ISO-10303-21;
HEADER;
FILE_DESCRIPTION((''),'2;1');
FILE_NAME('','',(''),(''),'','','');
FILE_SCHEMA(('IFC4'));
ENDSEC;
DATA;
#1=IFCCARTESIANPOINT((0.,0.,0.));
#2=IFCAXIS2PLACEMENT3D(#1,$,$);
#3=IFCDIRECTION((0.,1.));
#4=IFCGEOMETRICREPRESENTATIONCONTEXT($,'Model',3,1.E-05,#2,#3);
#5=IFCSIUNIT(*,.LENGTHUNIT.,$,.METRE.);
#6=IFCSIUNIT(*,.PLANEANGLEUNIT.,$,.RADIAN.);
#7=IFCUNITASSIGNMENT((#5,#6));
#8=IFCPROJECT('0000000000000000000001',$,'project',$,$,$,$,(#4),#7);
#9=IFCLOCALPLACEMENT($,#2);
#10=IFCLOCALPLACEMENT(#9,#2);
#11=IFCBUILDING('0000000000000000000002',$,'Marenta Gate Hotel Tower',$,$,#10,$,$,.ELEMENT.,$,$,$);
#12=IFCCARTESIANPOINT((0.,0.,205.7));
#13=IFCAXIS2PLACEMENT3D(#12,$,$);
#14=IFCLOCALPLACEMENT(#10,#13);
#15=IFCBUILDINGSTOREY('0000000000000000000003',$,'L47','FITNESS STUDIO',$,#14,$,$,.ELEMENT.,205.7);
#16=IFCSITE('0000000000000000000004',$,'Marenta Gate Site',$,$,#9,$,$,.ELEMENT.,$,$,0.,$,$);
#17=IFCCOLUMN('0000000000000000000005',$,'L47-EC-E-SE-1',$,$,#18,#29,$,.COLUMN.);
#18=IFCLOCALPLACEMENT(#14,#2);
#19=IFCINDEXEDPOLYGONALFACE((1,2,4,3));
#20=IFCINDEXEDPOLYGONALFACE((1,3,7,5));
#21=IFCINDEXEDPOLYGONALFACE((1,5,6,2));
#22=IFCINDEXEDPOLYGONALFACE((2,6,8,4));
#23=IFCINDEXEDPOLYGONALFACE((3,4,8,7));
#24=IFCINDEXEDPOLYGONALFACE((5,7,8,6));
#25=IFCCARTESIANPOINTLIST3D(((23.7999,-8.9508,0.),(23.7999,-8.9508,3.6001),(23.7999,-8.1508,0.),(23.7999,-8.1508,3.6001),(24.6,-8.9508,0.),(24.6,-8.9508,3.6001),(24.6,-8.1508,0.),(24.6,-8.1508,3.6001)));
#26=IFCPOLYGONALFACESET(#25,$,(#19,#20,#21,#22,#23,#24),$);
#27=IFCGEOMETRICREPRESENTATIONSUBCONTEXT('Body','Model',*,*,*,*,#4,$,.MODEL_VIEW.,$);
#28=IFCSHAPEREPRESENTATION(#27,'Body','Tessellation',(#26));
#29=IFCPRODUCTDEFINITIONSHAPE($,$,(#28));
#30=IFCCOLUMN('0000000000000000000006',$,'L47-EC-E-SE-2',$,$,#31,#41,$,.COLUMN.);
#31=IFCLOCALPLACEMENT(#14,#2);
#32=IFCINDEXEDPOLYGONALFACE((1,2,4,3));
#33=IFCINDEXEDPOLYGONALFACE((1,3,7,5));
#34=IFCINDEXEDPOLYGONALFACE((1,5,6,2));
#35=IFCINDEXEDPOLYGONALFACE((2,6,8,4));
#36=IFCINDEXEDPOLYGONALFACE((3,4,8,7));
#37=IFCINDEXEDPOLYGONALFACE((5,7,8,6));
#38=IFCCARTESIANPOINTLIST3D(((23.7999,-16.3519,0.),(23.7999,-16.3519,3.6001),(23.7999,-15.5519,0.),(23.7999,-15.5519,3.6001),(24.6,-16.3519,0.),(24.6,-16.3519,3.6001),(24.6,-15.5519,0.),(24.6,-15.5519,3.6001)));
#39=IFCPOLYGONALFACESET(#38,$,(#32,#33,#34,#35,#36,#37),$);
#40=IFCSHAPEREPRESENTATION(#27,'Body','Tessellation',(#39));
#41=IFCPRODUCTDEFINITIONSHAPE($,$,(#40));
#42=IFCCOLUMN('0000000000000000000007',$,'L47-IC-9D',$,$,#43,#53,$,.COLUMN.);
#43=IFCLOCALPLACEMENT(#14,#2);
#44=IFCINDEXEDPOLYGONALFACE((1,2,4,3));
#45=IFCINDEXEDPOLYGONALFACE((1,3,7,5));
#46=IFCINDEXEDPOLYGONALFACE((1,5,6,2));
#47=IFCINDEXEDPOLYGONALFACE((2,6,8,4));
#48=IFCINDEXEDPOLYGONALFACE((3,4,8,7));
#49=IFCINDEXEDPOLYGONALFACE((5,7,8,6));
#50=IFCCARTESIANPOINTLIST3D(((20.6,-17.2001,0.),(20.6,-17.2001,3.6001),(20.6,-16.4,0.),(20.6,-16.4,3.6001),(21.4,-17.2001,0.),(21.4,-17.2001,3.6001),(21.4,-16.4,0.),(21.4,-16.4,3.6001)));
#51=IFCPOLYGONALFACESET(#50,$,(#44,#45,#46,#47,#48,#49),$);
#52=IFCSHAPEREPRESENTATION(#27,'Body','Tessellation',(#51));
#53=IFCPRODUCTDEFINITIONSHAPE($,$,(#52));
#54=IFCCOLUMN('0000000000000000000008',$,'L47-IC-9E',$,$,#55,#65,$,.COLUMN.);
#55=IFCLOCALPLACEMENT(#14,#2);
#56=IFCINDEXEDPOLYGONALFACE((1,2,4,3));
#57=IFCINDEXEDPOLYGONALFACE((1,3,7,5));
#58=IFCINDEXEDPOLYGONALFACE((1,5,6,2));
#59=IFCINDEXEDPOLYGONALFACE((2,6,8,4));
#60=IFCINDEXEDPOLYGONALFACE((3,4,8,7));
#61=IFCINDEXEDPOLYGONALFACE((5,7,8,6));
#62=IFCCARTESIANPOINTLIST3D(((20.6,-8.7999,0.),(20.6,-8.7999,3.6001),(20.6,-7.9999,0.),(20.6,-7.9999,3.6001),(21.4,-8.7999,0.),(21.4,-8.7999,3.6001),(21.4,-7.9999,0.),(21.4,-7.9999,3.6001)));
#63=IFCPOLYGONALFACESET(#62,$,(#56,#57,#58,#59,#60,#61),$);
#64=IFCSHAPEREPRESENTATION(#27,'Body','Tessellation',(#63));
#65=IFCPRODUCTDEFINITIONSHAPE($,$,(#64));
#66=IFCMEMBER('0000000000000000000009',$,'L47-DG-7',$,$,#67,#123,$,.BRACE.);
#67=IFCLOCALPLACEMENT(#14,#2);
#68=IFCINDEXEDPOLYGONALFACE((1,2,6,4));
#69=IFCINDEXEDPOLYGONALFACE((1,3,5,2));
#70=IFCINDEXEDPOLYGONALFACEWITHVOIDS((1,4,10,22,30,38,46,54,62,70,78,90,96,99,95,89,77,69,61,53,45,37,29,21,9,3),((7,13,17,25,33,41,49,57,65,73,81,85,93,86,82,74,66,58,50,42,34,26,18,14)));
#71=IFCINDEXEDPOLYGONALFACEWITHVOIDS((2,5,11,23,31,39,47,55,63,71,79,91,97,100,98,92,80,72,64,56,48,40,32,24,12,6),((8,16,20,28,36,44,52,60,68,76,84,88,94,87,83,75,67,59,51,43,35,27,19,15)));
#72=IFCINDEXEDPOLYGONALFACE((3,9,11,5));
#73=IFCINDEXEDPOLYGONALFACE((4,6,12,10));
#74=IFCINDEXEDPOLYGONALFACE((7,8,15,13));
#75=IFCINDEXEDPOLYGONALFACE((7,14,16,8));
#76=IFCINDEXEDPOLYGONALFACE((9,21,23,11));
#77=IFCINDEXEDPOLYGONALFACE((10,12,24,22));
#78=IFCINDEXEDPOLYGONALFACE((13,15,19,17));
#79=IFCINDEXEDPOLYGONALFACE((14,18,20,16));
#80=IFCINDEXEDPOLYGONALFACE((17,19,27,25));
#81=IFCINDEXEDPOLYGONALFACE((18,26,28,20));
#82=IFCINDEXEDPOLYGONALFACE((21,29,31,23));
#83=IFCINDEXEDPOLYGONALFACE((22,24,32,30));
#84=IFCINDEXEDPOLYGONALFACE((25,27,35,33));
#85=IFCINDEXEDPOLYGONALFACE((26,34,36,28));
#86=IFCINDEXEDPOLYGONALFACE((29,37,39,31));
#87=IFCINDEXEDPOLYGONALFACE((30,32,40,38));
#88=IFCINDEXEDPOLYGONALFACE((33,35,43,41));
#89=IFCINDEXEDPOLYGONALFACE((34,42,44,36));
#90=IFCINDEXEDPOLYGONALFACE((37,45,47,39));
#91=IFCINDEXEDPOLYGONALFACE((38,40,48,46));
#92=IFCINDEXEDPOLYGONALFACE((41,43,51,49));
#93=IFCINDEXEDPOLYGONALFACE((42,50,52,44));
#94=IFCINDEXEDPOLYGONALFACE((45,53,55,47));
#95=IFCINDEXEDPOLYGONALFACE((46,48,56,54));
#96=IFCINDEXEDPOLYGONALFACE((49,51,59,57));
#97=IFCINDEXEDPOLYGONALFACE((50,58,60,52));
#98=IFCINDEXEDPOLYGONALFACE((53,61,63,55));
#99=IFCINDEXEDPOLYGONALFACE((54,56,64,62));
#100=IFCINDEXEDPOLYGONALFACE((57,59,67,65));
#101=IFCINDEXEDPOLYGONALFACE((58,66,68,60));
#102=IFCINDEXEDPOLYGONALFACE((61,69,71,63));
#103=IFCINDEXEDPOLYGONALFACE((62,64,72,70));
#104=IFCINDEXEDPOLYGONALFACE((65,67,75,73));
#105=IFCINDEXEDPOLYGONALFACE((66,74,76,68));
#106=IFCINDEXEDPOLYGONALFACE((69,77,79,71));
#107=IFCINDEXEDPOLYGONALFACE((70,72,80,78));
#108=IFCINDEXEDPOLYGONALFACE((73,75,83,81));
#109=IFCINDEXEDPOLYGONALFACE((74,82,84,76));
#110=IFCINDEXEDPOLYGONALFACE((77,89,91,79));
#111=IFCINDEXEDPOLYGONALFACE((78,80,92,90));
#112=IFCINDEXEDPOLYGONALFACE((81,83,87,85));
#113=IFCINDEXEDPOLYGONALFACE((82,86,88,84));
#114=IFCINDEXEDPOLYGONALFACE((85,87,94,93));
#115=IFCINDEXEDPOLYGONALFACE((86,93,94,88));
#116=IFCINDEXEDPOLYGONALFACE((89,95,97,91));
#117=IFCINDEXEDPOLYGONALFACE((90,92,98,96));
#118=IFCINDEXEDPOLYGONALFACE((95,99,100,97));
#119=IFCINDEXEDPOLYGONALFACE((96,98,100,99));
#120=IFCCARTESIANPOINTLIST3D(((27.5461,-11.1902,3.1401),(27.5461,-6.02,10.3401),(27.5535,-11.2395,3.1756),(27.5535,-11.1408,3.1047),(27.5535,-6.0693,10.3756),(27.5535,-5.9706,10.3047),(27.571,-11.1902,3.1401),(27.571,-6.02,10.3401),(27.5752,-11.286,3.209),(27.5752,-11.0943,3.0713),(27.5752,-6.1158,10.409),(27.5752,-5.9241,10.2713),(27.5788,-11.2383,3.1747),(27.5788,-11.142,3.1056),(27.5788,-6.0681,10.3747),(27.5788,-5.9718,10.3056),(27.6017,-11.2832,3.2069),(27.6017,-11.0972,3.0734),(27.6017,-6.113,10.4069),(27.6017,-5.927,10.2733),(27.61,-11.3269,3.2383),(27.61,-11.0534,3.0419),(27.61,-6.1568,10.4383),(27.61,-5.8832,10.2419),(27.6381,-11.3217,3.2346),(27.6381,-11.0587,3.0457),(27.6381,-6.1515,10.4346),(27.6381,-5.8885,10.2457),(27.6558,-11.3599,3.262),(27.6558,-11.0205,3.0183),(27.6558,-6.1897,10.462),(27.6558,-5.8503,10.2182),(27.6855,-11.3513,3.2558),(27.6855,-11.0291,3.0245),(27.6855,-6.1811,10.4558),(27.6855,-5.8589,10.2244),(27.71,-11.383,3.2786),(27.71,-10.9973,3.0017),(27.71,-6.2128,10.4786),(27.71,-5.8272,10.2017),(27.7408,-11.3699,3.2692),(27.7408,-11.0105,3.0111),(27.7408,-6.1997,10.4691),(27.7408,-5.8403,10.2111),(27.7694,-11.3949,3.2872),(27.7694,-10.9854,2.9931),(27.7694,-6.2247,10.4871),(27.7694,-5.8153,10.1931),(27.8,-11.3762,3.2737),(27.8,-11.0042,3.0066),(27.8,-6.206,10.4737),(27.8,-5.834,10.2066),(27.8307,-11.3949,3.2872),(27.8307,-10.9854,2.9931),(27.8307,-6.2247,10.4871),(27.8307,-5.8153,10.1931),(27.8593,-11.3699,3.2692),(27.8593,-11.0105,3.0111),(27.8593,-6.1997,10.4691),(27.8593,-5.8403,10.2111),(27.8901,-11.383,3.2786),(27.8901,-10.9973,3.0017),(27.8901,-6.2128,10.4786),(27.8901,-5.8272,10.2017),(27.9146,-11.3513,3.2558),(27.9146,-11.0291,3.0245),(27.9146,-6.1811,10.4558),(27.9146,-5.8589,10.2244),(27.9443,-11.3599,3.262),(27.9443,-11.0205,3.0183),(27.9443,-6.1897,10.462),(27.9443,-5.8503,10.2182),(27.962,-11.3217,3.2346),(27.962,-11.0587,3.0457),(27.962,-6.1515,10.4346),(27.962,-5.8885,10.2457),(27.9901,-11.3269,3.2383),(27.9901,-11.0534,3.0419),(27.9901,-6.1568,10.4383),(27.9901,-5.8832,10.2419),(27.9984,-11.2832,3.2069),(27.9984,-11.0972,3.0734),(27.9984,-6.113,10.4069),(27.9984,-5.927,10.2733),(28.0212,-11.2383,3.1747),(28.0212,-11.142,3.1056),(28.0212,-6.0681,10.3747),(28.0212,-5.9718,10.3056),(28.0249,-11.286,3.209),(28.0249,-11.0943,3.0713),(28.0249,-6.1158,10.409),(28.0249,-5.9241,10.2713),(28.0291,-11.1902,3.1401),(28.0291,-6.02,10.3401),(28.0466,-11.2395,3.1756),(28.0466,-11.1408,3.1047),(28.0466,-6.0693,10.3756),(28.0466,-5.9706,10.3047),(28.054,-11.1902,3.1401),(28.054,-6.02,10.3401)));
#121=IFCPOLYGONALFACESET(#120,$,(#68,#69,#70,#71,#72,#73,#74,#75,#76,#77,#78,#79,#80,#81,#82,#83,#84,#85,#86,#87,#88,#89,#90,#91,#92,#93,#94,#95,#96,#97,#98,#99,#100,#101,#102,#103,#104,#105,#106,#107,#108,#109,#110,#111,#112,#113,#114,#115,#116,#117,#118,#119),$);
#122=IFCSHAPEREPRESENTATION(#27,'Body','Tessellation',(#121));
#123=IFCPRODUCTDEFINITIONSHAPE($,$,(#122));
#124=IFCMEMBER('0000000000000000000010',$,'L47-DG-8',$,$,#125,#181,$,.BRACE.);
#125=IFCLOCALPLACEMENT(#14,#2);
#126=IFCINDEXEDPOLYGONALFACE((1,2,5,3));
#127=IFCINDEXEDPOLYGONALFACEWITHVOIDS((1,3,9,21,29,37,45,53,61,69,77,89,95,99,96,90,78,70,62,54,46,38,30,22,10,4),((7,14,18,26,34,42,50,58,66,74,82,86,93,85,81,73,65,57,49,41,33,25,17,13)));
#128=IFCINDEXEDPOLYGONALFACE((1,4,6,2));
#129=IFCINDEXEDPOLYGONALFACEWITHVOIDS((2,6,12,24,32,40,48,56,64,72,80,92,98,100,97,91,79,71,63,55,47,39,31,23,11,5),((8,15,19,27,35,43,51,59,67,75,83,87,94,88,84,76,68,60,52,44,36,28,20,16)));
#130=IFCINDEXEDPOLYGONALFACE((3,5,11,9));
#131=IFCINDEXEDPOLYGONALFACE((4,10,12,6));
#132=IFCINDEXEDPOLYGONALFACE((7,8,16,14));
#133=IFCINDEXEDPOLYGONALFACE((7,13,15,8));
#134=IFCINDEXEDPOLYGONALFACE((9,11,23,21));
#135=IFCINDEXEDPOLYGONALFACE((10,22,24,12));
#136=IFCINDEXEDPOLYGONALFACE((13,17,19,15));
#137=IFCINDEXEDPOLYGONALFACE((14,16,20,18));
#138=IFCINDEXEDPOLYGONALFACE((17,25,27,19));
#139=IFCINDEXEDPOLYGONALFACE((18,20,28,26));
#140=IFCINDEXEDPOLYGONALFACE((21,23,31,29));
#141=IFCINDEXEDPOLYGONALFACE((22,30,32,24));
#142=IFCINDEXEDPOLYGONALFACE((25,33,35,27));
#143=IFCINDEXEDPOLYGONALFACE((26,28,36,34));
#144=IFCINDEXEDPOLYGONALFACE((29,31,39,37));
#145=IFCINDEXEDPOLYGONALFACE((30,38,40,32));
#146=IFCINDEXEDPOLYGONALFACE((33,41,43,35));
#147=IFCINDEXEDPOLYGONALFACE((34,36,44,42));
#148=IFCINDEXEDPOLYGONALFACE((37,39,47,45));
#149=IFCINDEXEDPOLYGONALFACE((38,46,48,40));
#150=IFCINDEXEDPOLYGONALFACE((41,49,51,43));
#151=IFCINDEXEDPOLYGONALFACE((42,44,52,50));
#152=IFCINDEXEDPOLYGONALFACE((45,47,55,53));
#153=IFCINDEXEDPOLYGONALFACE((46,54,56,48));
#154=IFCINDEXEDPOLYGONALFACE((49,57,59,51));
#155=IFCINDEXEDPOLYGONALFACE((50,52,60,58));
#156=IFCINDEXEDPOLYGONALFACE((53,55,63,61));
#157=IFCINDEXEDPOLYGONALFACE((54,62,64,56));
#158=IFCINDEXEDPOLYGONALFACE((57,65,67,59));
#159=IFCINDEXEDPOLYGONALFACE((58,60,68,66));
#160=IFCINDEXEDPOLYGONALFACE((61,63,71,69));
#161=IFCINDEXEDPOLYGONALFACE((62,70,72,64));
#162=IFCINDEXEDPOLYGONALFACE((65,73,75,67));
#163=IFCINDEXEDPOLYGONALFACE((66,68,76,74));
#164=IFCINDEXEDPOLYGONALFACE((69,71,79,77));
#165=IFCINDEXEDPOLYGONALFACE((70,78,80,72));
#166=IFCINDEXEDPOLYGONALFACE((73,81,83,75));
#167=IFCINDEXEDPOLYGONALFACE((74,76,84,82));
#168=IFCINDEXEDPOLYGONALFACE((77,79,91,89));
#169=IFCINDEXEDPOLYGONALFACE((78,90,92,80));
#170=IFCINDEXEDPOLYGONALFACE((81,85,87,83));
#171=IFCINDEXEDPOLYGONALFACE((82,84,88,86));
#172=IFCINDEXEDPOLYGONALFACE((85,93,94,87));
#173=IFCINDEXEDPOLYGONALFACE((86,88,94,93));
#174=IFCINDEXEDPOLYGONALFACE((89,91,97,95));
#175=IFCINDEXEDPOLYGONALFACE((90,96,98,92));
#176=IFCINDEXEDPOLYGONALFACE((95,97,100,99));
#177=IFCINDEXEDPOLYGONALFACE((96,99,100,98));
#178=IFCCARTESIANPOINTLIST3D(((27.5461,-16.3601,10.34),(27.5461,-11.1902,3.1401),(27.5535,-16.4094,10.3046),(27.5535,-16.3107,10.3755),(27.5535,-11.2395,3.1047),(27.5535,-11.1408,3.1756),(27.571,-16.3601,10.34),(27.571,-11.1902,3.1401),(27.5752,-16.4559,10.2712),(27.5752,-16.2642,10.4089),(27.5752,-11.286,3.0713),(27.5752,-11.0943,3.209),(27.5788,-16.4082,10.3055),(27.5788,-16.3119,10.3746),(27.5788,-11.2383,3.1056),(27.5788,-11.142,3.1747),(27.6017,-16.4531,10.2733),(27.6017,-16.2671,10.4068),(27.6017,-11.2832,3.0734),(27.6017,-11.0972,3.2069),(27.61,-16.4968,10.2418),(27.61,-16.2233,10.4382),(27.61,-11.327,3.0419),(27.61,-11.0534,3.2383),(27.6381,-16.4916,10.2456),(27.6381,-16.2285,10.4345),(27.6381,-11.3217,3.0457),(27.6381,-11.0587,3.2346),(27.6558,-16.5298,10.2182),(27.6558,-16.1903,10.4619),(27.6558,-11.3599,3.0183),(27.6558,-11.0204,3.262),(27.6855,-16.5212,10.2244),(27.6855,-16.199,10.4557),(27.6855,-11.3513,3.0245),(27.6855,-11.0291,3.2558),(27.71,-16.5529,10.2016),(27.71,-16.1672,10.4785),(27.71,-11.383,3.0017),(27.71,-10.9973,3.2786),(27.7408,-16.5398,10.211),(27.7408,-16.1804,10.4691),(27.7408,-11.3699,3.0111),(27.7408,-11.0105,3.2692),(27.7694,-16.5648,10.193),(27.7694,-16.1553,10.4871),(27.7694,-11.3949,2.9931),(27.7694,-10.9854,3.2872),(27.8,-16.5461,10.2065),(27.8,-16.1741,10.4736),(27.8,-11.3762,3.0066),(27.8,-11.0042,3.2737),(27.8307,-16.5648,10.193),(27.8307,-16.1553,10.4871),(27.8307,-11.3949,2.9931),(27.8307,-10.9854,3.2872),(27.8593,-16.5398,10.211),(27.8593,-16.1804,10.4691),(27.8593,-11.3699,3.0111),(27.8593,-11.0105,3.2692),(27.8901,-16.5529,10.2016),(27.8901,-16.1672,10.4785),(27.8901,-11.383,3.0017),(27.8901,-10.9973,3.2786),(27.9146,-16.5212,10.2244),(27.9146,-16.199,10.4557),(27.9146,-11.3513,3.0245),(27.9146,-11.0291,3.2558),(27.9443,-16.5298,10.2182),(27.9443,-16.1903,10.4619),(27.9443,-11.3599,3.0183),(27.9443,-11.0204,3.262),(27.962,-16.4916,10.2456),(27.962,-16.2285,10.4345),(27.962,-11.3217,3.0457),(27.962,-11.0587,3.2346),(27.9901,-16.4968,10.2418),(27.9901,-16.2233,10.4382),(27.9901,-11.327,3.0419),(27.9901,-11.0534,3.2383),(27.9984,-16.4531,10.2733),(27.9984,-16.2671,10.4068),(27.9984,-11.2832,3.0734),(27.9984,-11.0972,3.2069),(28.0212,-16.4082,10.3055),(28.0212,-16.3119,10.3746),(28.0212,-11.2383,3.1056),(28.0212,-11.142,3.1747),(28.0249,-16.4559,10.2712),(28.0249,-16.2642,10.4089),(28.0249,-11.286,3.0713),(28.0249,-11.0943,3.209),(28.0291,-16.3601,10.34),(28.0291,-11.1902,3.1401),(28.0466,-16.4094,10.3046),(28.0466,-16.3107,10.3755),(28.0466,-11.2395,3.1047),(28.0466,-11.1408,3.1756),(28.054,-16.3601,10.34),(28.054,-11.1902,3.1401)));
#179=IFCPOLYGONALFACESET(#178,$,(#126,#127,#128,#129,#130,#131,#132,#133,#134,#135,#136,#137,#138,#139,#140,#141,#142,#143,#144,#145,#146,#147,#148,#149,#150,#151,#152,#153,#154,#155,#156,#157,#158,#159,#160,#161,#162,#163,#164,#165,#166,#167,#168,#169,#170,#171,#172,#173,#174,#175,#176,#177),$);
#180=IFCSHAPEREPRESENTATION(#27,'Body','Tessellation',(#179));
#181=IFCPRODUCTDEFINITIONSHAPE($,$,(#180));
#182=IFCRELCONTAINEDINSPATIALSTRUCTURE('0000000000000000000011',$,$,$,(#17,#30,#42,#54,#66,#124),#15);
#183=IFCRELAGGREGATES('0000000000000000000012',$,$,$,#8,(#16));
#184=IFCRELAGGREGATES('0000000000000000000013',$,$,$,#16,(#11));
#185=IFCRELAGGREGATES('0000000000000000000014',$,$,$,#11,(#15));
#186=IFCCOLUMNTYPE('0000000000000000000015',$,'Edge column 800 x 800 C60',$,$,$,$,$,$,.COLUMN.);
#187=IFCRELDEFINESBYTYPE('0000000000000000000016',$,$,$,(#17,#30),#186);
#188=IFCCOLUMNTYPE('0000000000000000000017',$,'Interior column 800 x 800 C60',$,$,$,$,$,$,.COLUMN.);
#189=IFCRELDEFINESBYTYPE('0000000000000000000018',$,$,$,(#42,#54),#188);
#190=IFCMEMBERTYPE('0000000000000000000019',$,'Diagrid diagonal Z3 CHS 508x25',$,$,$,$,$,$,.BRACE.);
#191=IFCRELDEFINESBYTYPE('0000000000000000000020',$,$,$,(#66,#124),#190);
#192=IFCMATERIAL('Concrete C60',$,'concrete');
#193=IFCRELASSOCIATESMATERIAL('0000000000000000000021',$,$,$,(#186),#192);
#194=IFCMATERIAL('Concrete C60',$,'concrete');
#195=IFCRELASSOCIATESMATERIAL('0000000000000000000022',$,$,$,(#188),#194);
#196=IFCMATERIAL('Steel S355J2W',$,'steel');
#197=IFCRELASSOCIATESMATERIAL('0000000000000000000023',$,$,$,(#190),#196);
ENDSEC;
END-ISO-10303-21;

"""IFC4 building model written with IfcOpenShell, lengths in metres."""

from ifc_helpers import new_model, si_unit, direction, frame, origin, origin_2d, place, context, subcontext, project, spatial, rectangle, hollow_circle, extrude, material, material_profile, profile_set, type_object, element, save


model = new_model("IFC4")

# Units and contexts
model_context = context("Model", 3, precision=1e-05, world=origin(), true_north=direction((0.0, 1.0)))
body_context = subcontext(model_context, "Body", "Model", "MODEL_VIEW")
ifc_project = project(units=[si_unit("LENGTHUNIT", "METRE"), si_unit("PLANEANGLEUNIT", "RADIAN")], contexts=[model_context])

# Site, building, storey
site_placement = place(None, origin())
site = spatial("IfcSite", under=ifc_project, at=site_placement, Name="Marenta Gate Site", CompositionType="ELEMENT", RefElevation=0.0)
building_placement = place(site_placement, origin())
building = spatial("IfcBuilding", under=site, at=building_placement, Name="Marenta Gate Hotel Tower", CompositionType="ELEMENT")
storey_placement = place(building_placement, frame((0.0, 0.0, 205.7)))
storey = spatial("IfcBuildingStorey", under=building, at=storey_placement, Name="L47", Description="FITNESS STUDIO", CompositionType="ELEMENT", Elevation=205.7)

# Columns
ifc_material_1 = material(Name="Concrete C60", Category="concrete")
ifc_material_profile_1 = material_profile(ifc_material_1, rectangle(XDim=0.8, YDim=0.8, at=origin_2d()), Name="800 x 800")
ifc_profile_set_1 = profile_set([ifc_material_profile_1], Name="Concrete C60")
column_type_1 = type_object("IfcColumnType", Name="Edge column 800 x 800 C60", PredefinedType="COLUMN", material=ifc_profile_set_1)
for number, where, z_axis, x_axis, name in (
    (1, (24.2, -8.5508, 0.0), (0.0, 0.0, 1.0), (1.0, 0.0, 0.0), "L47-EC-E-SE-1"),
    (2, (24.2, -15.9519, 0.0), (0.0, 0.0, 1.0), (1.0, 0.0, 0.0), "L47-EC-E-SE-2"),
):
    element("IfcColumn", number, at=place(storey_placement, frame(where, z_axis=z_axis, x_axis=x_axis)), inside=storey, type_object=column_type_1, Name=name, PredefinedType="COLUMN", context=body_context, shape_type="SweptSolid", body=[
        extrude(rectangle(XDim=0.8, YDim=0.8, at=origin_2d()), origin(), (0.0, 0.0, 1.0), 3.6001),
    ])
ifc_material_2 = material(Name="Concrete C60", Category="concrete")
ifc_material_profile_2 = material_profile(ifc_material_2, rectangle(XDim=0.8, YDim=0.8, at=origin_2d()), Name="800 x 800")
ifc_profile_set_2 = profile_set([ifc_material_profile_2], Name="Concrete C60")
column_type_2 = type_object("IfcColumnType", Name="Interior column 800 x 800 C60", PredefinedType="COLUMN", material=ifc_profile_set_2)
for number, where, z_axis, x_axis, name in (
    (3, (21.0, -16.8, 0.0), (0.0, 0.0, 1.0), (1.0, 0.0, 0.0), "L47-IC-9D"),
    (4, (21.0, -8.3999, 0.0), (0.0, 0.0, 1.0), (1.0, 0.0, 0.0), "L47-IC-9E"),
):
    element("IfcColumn", number, at=place(storey_placement, frame(where, z_axis=z_axis, x_axis=x_axis)), inside=storey, type_object=column_type_2, Name=name, PredefinedType="COLUMN", context=body_context, shape_type="SweptSolid", body=[
        extrude(rectangle(XDim=0.8, YDim=0.8, at=origin_2d()), origin(), (0.0, 0.0, 1.0), 3.6001),
    ])

# Members
ifc_material_3 = material(Name="Steel S355J2W", Category="steel")
ifc_material_profile_3 = material_profile(ifc_material_3, hollow_circle(Radius=0.2539, WallThickness=0.0249, at=origin_2d()), Name="CHS 508x25")
ifc_profile_set_3 = profile_set([ifc_material_profile_3], Name="Steel S355J2W")
member_type_1 = type_object("IfcMemberType", Name="Diagrid diagonal Z3 CHS 508x25", PredefinedType="BRACE", material=ifc_profile_set_3)
member_1_placement = place(storey_placement, frame((27.8, -11.1902, 3.1401), z_axis=(0.0, 0.583279, 0.812272), x_axis=(-1.0, 0.0, 0.0)))
element("IfcMember", 5, at=member_1_placement, inside=storey, type_object=member_type_1, Name="L47-DG-7", PredefinedType="BRACE", context=body_context, shape_type="SweptSolid", body=[
    extrude(hollow_circle(Radius=0.2539, WallThickness=0.0249, at=origin_2d()), origin(), (0.0, 0.0, 1.0), 8.864),
])
for number, where, z_axis, x_axis, name in (
    (6, (27.8, -11.1902, 3.1401), (0.0, -0.583261, 0.812285), (1.0, 0.0, 0.0), "L47-DG-8"),
):
    element("IfcMember", number, at=place(storey_placement, frame(where, z_axis=z_axis, x_axis=x_axis)), inside=storey, type_object=member_type_1, Name=name, PredefinedType="BRACE", context=body_context, shape_type="SweptSolid", body=[
        extrude(hollow_circle(Radius=0.2539, WallThickness=0.0249, at=origin_2d()), origin(), (0.0, 0.0, 1.0), 8.8638),
    ])

save(model, "model.ifc")
